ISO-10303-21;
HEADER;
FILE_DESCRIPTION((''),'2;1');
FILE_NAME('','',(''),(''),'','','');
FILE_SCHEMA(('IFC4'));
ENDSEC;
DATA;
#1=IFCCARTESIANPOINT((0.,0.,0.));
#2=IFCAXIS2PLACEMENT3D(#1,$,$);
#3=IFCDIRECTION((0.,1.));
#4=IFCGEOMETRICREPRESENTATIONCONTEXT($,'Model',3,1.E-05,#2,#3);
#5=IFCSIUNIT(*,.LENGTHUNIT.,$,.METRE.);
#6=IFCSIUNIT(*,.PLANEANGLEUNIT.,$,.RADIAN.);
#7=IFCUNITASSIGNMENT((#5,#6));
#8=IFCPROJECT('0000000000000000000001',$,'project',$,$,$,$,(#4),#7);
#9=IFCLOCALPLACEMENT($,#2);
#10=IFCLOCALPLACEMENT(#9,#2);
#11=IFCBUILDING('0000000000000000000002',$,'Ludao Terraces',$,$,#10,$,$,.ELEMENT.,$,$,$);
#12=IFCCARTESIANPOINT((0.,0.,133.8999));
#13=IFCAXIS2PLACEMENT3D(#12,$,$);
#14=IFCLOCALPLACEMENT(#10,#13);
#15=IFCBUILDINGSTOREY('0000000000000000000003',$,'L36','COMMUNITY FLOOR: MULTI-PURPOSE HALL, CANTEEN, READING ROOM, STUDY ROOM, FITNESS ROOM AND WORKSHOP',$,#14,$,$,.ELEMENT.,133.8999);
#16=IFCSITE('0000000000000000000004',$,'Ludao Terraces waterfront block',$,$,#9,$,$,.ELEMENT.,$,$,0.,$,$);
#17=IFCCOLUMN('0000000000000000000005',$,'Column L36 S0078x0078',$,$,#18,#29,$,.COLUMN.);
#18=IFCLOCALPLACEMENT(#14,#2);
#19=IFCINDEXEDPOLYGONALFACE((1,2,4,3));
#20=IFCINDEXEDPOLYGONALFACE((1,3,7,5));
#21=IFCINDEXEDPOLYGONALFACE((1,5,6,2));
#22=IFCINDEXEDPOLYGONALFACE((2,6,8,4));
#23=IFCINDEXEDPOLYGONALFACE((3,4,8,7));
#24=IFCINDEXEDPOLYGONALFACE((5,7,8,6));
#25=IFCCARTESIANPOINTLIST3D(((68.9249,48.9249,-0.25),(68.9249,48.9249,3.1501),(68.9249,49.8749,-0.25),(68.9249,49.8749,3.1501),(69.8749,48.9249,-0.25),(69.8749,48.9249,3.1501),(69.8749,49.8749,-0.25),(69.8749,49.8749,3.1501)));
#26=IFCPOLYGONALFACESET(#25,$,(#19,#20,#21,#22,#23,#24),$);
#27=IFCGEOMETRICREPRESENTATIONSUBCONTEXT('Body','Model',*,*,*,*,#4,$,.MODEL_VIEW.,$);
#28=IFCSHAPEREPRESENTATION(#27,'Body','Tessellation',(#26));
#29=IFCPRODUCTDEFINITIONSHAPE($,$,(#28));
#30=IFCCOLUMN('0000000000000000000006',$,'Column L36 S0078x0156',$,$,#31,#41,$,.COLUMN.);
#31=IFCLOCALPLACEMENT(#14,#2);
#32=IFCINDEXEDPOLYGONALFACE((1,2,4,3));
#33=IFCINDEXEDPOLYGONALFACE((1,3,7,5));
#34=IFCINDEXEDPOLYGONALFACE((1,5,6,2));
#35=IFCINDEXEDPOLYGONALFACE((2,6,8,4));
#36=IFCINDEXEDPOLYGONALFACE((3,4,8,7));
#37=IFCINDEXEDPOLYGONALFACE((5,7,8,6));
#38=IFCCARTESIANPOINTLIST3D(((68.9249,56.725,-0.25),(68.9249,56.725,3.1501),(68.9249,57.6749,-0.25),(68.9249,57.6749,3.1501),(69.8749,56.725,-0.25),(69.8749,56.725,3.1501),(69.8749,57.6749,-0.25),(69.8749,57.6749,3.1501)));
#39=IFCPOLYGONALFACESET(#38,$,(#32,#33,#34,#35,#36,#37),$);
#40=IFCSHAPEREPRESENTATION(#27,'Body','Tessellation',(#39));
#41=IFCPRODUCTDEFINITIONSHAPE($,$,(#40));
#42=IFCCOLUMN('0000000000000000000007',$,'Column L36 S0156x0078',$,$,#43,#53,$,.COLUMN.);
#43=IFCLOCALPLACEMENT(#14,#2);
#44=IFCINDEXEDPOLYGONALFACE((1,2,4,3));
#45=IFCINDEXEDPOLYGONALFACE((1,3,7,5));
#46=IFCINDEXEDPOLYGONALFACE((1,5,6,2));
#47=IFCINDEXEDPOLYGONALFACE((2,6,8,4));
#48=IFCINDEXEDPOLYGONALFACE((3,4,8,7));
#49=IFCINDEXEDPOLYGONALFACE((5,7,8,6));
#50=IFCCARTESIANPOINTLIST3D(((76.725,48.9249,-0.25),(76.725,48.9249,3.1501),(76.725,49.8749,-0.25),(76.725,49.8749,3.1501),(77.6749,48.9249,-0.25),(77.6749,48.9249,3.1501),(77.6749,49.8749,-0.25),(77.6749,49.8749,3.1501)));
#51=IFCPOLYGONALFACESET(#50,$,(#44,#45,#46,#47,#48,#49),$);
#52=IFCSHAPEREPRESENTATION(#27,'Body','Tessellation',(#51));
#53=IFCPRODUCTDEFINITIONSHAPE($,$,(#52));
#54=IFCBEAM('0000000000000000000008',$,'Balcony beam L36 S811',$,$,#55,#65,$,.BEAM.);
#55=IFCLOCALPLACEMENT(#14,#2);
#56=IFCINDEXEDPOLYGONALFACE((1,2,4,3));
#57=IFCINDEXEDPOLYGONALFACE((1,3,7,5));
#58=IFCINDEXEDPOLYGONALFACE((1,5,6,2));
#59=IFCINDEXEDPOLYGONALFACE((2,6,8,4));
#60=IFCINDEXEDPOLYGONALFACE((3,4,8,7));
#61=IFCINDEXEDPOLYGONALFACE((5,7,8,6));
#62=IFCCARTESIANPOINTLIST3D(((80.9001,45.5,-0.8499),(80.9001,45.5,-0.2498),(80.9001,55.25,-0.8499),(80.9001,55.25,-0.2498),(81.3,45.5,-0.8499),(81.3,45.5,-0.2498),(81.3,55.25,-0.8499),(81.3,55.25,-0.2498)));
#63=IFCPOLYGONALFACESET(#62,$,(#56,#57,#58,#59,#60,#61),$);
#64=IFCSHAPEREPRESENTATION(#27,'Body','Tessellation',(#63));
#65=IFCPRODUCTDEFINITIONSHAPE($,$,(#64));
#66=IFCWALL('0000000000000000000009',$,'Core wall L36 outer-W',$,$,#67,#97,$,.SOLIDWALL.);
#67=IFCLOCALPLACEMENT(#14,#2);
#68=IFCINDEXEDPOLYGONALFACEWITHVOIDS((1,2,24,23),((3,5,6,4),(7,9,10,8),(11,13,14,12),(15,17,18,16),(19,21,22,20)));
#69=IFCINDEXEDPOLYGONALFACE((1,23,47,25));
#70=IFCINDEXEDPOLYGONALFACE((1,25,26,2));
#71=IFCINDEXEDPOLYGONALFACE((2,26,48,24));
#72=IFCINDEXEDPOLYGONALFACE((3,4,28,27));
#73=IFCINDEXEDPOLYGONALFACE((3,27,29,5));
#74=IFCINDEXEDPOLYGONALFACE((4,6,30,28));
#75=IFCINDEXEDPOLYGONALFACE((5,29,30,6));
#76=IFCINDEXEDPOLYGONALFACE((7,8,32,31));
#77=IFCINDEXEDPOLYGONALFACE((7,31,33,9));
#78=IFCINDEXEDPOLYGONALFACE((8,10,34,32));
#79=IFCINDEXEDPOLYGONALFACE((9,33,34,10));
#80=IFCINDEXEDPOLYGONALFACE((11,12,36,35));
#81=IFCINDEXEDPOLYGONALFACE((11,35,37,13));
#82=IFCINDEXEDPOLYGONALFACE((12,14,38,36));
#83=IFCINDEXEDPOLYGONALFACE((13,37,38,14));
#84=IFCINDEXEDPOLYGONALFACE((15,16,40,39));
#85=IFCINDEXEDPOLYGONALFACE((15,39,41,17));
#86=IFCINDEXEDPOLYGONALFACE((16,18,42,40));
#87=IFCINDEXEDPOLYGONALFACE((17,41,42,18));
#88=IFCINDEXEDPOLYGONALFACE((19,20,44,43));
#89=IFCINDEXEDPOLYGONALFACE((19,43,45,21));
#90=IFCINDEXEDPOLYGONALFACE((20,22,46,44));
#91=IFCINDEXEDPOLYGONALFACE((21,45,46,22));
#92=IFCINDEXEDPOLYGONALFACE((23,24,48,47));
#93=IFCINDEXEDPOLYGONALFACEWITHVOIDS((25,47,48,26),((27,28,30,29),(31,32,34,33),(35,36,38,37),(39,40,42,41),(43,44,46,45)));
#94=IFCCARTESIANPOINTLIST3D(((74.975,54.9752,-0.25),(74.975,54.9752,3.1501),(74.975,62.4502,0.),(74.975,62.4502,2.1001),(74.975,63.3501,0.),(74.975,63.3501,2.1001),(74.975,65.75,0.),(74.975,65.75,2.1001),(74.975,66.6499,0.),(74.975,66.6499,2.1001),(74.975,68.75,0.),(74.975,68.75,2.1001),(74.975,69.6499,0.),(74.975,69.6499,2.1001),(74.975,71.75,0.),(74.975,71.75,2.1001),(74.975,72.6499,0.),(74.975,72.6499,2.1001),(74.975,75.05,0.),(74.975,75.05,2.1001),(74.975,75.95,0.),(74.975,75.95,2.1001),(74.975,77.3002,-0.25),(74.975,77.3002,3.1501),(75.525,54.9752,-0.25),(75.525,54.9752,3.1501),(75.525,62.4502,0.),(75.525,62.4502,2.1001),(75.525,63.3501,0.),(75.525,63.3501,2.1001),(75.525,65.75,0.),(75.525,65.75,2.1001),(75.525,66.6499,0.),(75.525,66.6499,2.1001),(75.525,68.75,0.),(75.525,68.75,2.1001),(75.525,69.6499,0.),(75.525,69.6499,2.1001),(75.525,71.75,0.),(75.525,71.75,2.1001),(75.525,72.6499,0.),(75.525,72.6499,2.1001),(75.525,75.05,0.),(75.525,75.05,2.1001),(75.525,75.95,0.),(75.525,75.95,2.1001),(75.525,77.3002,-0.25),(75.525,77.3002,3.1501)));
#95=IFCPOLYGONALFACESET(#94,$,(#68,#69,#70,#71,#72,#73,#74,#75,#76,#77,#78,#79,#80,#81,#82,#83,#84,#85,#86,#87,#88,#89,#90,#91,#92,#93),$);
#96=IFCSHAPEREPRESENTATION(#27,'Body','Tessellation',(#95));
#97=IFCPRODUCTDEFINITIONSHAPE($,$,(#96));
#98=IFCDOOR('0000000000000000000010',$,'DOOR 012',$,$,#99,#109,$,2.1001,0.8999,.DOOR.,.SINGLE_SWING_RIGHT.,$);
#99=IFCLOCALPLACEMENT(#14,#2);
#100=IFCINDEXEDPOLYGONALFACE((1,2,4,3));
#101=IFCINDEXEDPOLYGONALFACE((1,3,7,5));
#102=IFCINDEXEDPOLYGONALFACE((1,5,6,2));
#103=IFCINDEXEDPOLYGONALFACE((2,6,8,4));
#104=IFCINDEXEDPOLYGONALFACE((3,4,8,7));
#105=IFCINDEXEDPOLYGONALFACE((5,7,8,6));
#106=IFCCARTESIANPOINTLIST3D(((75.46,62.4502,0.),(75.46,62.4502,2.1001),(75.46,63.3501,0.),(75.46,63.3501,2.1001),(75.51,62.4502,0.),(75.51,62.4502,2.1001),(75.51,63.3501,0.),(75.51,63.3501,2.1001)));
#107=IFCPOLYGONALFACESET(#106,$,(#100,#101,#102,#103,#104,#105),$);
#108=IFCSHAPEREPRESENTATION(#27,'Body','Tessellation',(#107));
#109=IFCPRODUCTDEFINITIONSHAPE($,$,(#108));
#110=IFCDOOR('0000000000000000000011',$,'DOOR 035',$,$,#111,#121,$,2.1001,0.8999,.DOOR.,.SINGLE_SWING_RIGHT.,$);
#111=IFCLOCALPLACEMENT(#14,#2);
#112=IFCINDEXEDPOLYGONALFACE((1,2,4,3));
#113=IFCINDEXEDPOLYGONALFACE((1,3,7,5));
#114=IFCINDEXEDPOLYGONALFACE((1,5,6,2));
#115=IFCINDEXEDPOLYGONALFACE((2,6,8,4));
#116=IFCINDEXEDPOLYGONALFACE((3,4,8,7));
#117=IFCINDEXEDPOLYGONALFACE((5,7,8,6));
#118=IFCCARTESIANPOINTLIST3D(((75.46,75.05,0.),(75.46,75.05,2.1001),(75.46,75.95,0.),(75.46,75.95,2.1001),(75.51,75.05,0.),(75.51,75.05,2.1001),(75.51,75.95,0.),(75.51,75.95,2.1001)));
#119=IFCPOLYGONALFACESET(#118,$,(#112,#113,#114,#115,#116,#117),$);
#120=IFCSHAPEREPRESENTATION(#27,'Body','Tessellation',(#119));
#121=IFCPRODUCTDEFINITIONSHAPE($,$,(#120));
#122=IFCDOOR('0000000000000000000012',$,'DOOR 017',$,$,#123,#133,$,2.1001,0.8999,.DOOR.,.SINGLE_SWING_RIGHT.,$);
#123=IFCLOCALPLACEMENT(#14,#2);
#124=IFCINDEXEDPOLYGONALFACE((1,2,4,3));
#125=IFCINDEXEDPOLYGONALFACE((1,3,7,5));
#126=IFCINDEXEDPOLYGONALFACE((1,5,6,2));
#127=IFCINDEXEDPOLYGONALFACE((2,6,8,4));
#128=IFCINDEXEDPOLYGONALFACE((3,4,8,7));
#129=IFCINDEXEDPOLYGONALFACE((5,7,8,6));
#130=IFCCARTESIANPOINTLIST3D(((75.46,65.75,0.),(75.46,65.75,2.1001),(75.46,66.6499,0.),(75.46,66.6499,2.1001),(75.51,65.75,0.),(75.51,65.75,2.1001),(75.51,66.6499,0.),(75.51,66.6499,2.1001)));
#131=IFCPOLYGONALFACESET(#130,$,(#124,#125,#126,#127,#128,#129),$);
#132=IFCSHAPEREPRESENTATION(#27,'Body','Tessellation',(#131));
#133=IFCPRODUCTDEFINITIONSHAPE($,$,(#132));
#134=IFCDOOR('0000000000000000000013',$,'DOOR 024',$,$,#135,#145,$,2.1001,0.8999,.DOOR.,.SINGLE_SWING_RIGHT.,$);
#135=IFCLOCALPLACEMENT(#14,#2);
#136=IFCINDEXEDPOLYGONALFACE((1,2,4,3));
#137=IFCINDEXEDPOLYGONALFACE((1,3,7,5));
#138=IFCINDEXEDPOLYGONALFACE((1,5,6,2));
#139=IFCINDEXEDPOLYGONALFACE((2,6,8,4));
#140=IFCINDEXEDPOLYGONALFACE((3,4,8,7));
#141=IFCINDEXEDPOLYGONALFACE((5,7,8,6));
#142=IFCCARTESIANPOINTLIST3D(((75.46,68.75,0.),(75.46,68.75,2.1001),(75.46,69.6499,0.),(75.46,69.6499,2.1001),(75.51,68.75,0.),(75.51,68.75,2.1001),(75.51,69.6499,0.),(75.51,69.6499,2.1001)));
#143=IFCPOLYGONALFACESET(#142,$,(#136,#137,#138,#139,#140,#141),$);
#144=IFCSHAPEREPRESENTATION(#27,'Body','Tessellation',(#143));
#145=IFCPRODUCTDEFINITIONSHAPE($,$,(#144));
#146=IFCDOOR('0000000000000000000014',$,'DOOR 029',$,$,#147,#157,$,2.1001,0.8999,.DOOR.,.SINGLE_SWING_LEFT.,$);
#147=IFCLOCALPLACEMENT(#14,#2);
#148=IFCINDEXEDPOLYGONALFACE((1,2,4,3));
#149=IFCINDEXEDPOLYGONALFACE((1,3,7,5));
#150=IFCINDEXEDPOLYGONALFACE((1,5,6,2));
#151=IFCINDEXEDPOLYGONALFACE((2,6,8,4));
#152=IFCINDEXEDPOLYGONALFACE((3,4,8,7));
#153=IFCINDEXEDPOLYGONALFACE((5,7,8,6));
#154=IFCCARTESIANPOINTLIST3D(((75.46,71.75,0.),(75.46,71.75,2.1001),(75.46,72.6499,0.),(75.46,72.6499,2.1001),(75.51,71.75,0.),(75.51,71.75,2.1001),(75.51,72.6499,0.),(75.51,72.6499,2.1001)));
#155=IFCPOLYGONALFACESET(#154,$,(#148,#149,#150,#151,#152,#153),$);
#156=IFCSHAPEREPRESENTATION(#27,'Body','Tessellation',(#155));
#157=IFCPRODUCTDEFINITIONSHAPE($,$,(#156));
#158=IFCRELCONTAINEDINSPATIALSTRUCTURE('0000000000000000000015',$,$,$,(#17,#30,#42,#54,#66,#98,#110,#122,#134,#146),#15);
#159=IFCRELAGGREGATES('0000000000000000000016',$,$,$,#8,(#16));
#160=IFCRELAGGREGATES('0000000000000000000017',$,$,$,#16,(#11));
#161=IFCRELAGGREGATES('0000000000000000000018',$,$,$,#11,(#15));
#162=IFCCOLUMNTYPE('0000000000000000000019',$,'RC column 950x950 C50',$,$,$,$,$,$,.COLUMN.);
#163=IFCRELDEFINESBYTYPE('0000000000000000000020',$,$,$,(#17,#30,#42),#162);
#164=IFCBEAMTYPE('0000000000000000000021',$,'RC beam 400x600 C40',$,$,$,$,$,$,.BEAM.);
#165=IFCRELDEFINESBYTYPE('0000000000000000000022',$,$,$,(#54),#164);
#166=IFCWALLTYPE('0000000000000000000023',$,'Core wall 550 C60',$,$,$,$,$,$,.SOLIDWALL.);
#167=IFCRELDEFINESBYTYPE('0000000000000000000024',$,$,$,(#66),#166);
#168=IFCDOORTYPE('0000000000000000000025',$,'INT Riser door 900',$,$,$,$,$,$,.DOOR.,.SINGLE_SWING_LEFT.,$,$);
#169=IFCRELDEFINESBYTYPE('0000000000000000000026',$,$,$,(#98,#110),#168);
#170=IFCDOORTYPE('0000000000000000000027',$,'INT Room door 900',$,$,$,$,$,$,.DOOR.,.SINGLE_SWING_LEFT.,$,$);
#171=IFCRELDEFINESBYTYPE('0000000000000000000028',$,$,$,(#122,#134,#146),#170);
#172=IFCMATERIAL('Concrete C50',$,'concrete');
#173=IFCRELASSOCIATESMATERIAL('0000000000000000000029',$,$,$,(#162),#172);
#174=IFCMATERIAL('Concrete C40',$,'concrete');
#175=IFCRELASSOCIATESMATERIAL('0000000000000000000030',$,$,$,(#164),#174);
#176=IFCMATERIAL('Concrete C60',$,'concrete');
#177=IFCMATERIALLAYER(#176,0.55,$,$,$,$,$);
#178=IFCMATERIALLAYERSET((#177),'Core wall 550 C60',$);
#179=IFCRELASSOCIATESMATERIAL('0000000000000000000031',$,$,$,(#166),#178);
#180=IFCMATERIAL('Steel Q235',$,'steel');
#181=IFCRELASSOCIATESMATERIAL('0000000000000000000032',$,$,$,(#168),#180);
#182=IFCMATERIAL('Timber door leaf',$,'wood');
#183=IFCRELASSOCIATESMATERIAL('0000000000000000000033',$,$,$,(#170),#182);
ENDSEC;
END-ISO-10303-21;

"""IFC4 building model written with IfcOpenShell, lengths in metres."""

from ifc_helpers import new_model, si_unit, direction, frame, frame_2d, origin, origin_2d, place, context, subcontext, project, spatial, rectangle, extrude, material, layer, layer_set, material_profile, profile_set, type_object, element, fill, save


model = new_model("IFC4")

# Units and contexts
model_context = context("Model", 3, precision=1e-05, world=origin(), true_north=direction((0.0, 1.0)))
body_context = subcontext(model_context, "Body", "Model", "MODEL_VIEW")
ifc_project = project(units=[si_unit("LENGTHUNIT", "METRE"), si_unit("PLANEANGLEUNIT", "RADIAN")], contexts=[model_context])

# Site, building, storey
site_placement = place(None, origin())
site = spatial("IfcSite", under=ifc_project, at=site_placement, Name="Ludao Terraces waterfront block", CompositionType="ELEMENT", RefElevation=0.0)
building_placement = place(site_placement, origin())
building = spatial("IfcBuilding", under=site, at=building_placement, Name="Ludao Terraces", CompositionType="ELEMENT")
storey_placement = place(building_placement, frame((0.0, 0.0, 133.8999)))
storey = spatial("IfcBuildingStorey", under=building, at=storey_placement, Name="L36", Description="COMMUNITY FLOOR: MULTI-PURPOSE HALL, CANTEEN, READING ROOM, STUDY ROOM, FITNESS ROOM AND WORKSHOP", CompositionType="ELEMENT", Elevation=133.8999)

# Columns
ifc_material_1 = material(Name="Concrete C50", Category="concrete")
ifc_material_profile_1 = material_profile(ifc_material_1, rectangle(XDim=0.95, YDim=0.95, at=origin_2d()), Name="950 X 950")
ifc_profile_set_1 = profile_set([ifc_material_profile_1], Name="Concrete C50")
column_type = type_object("IfcColumnType", Name="RC column 950x950 C50", PredefinedType="COLUMN", material=ifc_profile_set_1)
for number, where, z_axis, x_axis, name in (
    (1, (69.3999, 49.3999, -0.25), (0.0, 0.0, 1.0), (1.0, 0.0, 0.0), "Column L36 S0078x0078"),
    (2, (69.3999, 57.2, -0.25), (0.0, 0.0, 1.0), (1.0, 0.0, 0.0), "Column L36 S0078x0156"),
    (3, (77.2, 49.3999, -0.25), (0.0, 0.0, 1.0), (1.0, 0.0, 0.0), "Column L36 S0156x0078"),
):
    element("IfcColumn", number, at=place(storey_placement, frame(where, z_axis=z_axis, x_axis=x_axis)), inside=storey, type_object=column_type, Name=name, PredefinedType="COLUMN", context=body_context, shape_type="SweptSolid", body=[
        extrude(rectangle(XDim=0.95, YDim=0.95, at=origin_2d()), origin(), (0.0, 0.0, 1.0), 3.4001),
    ])

# Beam
ifc_material_2 = material(Name="Concrete C40", Category="concrete")
ifc_material_profile_2 = material_profile(ifc_material_2, rectangle(XDim=0.3999, YDim=0.6001, at=origin_2d()), Name="400 X 600")
ifc_profile_set_2 = profile_set([ifc_material_profile_2], Name="Concrete C40")
beam_type = type_object("IfcBeamType", Name="RC beam 400x600 C40", PredefinedType="BEAM", material=ifc_profile_set_2)
beam_placement = place(storey_placement, frame((81.1001, 55.25, -0.5498), z_axis=(0.0, -1.0, 0.0), x_axis=(1.0, 0.0, 0.0)))
element("IfcBeam", 4, at=beam_placement, inside=storey, type_object=beam_type, Name="Balcony beam L36 S811", PredefinedType="BEAM", context=body_context, shape_type="SweptSolid", body=[
    extrude(rectangle(XDim=0.3999, YDim=0.6001, at=origin_2d()), origin(), (0.0, 0.0, 1.0), 9.75),
])

# Wall, openings, doors
ifc_material_3 = material(Name="Concrete C60", Category="concrete")
ifc_layer_1 = layer(ifc_material_3, 0.55)
ifc_layer_set_1 = layer_set([ifc_layer_1], Name="Core wall 550 C60")
wall_type_1 = type_object("IfcWallType", Name="Core wall 550 C60", PredefinedType="SOLIDWALL", material=ifc_layer_set_1)
wall_1_placement = place(storey_placement, frame((75.25, 54.9751, -0.25), z_axis=(0.0, 0.0, 1.0), x_axis=(0.0, 1.0, 0.0)))
wall_1 = element("IfcWall", 5, at=wall_1_placement, inside=storey, type_object=wall_type_1, Name="Core wall L36 outer-W", PredefinedType="SOLIDWALL", context=body_context, shape_type="SweptSolid", body=[
    extrude(rectangle(XDim=22.325, YDim=0.55, at=frame_2d((11.1626, 0.0))), origin(), (0.0, 0.0, 1.0), 3.4001),
])
opening_1_placement = place(wall_1_placement, frame((7.4751, 0.0, 0.25)))
opening_1 = element("IfcOpeningElement", 6, at=opening_1_placement, cuts=wall_1, PredefinedType="OPENING", context=body_context, shape_type="SweptSolid", body=[
    extrude(rectangle(XDim=0.8999, YDim=2.1001, at=frame_2d((0.45, 1.05))), frame((0.0, 0.2852, 0.0), z_axis=(0.0, -1.0, 0.0), x_axis=(1.0, 0.0, 0.0)), (0.0, 0.0, 1.0), 0.5701),
])
opening_2_placement = place(wall_1_placement, frame((10.7749, 0.0, 0.25)))
opening_2 = element("IfcOpeningElement", 7, at=opening_2_placement, cuts=wall_1, PredefinedType="OPENING", context=body_context, shape_type="SweptSolid", body=[
    extrude(rectangle(XDim=0.8999, YDim=2.1001, at=frame_2d((0.45, 1.05))), frame((0.0, 0.2852, 0.0), z_axis=(0.0, -1.0, 0.0), x_axis=(1.0, 0.0, 0.0)), (0.0, 0.0, 1.0), 0.5701),
])
opening_3_placement = place(wall_1_placement, frame((13.7749, 0.0, 0.25)))
opening_3 = element("IfcOpeningElement", 8, at=opening_3_placement, cuts=wall_1, PredefinedType="OPENING", context=body_context, shape_type="SweptSolid", body=[
    extrude(rectangle(XDim=0.8999, YDim=2.1001, at=frame_2d((0.45, 1.05))), frame((0.0, 0.2852, 0.0), z_axis=(0.0, -1.0, 0.0), x_axis=(1.0, 0.0, 0.0)), (0.0, 0.0, 1.0), 0.5701),
])
opening_4_placement = place(wall_1_placement, frame((16.7749, 0.0, 0.25)))
opening_4 = element("IfcOpeningElement", 9, at=opening_4_placement, cuts=wall_1, PredefinedType="OPENING", context=body_context, shape_type="SweptSolid", body=[
    extrude(rectangle(XDim=0.8999, YDim=2.1001, at=frame_2d((0.45, 1.05))), frame((0.0, 0.2852, 0.0), z_axis=(0.0, -1.0, 0.0), x_axis=(1.0, 0.0, 0.0)), (0.0, 0.0, 1.0), 0.5701),
])
opening_5_placement = place(wall_1_placement, frame((20.075, 0.0, 0.25)))
opening_5 = element("IfcOpeningElement", 10, at=opening_5_placement, cuts=wall_1, PredefinedType="OPENING", context=body_context, shape_type="SweptSolid", body=[
    extrude(rectangle(XDim=0.8999, YDim=2.1001, at=frame_2d((0.45, 1.05))), frame((0.0, 0.2852, 0.0), z_axis=(0.0, -1.0, 0.0), x_axis=(1.0, 0.0, 0.0)), (0.0, 0.0, 1.0), 0.5701),
])
ifc_material_4 = material(Name="Steel Q235", Category="steel")
door_type_1 = type_object("IfcDoorType", Name="INT Riser door 900", OperationType="SINGLE_SWING_LEFT", PredefinedType="DOOR", material=ifc_material_4)
door_1_placement = place(opening_1_placement, origin())
door_1 = element("IfcDoor", 11, at=door_1_placement, inside=storey, type_object=door_type_1, Name="DOOR 012", OperationType="SINGLE_SWING_RIGHT", OverallHeight=2.1001, OverallWidth=0.8999, PredefinedType="DOOR", context=body_context, shape_type="SweptSolid", body=[
    extrude(rectangle(XDim=0.8999, YDim=2.1001, at=frame_2d((0.45, 1.05))), frame((0.0, -0.21, 0.0), z_axis=(0.0, -1.0, 0.0), x_axis=(1.0, 0.0, 0.0)), (0.0, 0.0, 1.0), 0.05),
])
fill(opening_1, door_1)
door_2_placement = place(opening_5_placement, origin())
door_2 = element("IfcDoor", 12, at=door_2_placement, inside=storey, type_object=door_type_1, Name="DOOR 035", OperationType="SINGLE_SWING_RIGHT", OverallHeight=2.1001, OverallWidth=0.8999, PredefinedType="DOOR", context=body_context, shape_type="SweptSolid", body=[
    extrude(rectangle(XDim=0.8999, YDim=2.1001, at=frame_2d((0.45, 1.05))), frame((0.0, -0.21, 0.0), z_axis=(0.0, -1.0, 0.0), x_axis=(1.0, 0.0, 0.0)), (0.0, 0.0, 1.0), 0.05),
])
fill(opening_5, door_2)
ifc_material_5 = material(Name="Timber door leaf", Category="wood")
door_type_2 = type_object("IfcDoorType", Name="INT Room door 900", OperationType="SINGLE_SWING_LEFT", PredefinedType="DOOR", material=ifc_material_5)
door_3_placement = place(opening_2_placement, origin())
door_3 = element("IfcDoor", 13, at=door_3_placement, inside=storey, type_object=door_type_2, Name="DOOR 017", OperationType="SINGLE_SWING_RIGHT", OverallHeight=2.1001, OverallWidth=0.8999, PredefinedType="DOOR", context=body_context, shape_type="SweptSolid", body=[
    extrude(rectangle(XDim=0.8999, YDim=2.1001, at=frame_2d((0.45, 1.05))), frame((0.0, -0.21, 0.0), z_axis=(0.0, -1.0, 0.0), x_axis=(1.0, 0.0, 0.0)), (0.0, 0.0, 1.0), 0.05),
])
fill(opening_2, door_3)
door_4_placement = place(opening_3_placement, origin())
door_4 = element("IfcDoor", 14, at=door_4_placement, inside=storey, type_object=door_type_2, Name="DOOR 024", OperationType="SINGLE_SWING_RIGHT", OverallHeight=2.1001, OverallWidth=0.8999, PredefinedType="DOOR", context=body_context, shape_type="SweptSolid", body=[
    extrude(rectangle(XDim=0.8999, YDim=2.1001, at=frame_2d((0.45, 1.05))), frame((0.0, -0.21, 0.0), z_axis=(0.0, -1.0, 0.0), x_axis=(1.0, 0.0, 0.0)), (0.0, 0.0, 1.0), 0.05),
])
fill(opening_3, door_4)
door_5_placement = place(opening_4_placement, origin())
door_5 = element("IfcDoor", 15, at=door_5_placement, inside=storey, type_object=door_type_2, Name="DOOR 029", OperationType="SINGLE_SWING_LEFT", OverallHeight=2.1001, OverallWidth=0.8999, PredefinedType="DOOR", context=body_context, shape_type="SweptSolid", body=[
    extrude(rectangle(XDim=0.8999, YDim=2.1001, at=frame_2d((0.45, 1.05))), frame((0.0, -0.21, 0.0), z_axis=(0.0, -1.0, 0.0), x_axis=(1.0, 0.0, 0.0)), (0.0, 0.0, 1.0), 0.05),
])
fill(opening_4, door_5)

save(model, "model.ifc")
